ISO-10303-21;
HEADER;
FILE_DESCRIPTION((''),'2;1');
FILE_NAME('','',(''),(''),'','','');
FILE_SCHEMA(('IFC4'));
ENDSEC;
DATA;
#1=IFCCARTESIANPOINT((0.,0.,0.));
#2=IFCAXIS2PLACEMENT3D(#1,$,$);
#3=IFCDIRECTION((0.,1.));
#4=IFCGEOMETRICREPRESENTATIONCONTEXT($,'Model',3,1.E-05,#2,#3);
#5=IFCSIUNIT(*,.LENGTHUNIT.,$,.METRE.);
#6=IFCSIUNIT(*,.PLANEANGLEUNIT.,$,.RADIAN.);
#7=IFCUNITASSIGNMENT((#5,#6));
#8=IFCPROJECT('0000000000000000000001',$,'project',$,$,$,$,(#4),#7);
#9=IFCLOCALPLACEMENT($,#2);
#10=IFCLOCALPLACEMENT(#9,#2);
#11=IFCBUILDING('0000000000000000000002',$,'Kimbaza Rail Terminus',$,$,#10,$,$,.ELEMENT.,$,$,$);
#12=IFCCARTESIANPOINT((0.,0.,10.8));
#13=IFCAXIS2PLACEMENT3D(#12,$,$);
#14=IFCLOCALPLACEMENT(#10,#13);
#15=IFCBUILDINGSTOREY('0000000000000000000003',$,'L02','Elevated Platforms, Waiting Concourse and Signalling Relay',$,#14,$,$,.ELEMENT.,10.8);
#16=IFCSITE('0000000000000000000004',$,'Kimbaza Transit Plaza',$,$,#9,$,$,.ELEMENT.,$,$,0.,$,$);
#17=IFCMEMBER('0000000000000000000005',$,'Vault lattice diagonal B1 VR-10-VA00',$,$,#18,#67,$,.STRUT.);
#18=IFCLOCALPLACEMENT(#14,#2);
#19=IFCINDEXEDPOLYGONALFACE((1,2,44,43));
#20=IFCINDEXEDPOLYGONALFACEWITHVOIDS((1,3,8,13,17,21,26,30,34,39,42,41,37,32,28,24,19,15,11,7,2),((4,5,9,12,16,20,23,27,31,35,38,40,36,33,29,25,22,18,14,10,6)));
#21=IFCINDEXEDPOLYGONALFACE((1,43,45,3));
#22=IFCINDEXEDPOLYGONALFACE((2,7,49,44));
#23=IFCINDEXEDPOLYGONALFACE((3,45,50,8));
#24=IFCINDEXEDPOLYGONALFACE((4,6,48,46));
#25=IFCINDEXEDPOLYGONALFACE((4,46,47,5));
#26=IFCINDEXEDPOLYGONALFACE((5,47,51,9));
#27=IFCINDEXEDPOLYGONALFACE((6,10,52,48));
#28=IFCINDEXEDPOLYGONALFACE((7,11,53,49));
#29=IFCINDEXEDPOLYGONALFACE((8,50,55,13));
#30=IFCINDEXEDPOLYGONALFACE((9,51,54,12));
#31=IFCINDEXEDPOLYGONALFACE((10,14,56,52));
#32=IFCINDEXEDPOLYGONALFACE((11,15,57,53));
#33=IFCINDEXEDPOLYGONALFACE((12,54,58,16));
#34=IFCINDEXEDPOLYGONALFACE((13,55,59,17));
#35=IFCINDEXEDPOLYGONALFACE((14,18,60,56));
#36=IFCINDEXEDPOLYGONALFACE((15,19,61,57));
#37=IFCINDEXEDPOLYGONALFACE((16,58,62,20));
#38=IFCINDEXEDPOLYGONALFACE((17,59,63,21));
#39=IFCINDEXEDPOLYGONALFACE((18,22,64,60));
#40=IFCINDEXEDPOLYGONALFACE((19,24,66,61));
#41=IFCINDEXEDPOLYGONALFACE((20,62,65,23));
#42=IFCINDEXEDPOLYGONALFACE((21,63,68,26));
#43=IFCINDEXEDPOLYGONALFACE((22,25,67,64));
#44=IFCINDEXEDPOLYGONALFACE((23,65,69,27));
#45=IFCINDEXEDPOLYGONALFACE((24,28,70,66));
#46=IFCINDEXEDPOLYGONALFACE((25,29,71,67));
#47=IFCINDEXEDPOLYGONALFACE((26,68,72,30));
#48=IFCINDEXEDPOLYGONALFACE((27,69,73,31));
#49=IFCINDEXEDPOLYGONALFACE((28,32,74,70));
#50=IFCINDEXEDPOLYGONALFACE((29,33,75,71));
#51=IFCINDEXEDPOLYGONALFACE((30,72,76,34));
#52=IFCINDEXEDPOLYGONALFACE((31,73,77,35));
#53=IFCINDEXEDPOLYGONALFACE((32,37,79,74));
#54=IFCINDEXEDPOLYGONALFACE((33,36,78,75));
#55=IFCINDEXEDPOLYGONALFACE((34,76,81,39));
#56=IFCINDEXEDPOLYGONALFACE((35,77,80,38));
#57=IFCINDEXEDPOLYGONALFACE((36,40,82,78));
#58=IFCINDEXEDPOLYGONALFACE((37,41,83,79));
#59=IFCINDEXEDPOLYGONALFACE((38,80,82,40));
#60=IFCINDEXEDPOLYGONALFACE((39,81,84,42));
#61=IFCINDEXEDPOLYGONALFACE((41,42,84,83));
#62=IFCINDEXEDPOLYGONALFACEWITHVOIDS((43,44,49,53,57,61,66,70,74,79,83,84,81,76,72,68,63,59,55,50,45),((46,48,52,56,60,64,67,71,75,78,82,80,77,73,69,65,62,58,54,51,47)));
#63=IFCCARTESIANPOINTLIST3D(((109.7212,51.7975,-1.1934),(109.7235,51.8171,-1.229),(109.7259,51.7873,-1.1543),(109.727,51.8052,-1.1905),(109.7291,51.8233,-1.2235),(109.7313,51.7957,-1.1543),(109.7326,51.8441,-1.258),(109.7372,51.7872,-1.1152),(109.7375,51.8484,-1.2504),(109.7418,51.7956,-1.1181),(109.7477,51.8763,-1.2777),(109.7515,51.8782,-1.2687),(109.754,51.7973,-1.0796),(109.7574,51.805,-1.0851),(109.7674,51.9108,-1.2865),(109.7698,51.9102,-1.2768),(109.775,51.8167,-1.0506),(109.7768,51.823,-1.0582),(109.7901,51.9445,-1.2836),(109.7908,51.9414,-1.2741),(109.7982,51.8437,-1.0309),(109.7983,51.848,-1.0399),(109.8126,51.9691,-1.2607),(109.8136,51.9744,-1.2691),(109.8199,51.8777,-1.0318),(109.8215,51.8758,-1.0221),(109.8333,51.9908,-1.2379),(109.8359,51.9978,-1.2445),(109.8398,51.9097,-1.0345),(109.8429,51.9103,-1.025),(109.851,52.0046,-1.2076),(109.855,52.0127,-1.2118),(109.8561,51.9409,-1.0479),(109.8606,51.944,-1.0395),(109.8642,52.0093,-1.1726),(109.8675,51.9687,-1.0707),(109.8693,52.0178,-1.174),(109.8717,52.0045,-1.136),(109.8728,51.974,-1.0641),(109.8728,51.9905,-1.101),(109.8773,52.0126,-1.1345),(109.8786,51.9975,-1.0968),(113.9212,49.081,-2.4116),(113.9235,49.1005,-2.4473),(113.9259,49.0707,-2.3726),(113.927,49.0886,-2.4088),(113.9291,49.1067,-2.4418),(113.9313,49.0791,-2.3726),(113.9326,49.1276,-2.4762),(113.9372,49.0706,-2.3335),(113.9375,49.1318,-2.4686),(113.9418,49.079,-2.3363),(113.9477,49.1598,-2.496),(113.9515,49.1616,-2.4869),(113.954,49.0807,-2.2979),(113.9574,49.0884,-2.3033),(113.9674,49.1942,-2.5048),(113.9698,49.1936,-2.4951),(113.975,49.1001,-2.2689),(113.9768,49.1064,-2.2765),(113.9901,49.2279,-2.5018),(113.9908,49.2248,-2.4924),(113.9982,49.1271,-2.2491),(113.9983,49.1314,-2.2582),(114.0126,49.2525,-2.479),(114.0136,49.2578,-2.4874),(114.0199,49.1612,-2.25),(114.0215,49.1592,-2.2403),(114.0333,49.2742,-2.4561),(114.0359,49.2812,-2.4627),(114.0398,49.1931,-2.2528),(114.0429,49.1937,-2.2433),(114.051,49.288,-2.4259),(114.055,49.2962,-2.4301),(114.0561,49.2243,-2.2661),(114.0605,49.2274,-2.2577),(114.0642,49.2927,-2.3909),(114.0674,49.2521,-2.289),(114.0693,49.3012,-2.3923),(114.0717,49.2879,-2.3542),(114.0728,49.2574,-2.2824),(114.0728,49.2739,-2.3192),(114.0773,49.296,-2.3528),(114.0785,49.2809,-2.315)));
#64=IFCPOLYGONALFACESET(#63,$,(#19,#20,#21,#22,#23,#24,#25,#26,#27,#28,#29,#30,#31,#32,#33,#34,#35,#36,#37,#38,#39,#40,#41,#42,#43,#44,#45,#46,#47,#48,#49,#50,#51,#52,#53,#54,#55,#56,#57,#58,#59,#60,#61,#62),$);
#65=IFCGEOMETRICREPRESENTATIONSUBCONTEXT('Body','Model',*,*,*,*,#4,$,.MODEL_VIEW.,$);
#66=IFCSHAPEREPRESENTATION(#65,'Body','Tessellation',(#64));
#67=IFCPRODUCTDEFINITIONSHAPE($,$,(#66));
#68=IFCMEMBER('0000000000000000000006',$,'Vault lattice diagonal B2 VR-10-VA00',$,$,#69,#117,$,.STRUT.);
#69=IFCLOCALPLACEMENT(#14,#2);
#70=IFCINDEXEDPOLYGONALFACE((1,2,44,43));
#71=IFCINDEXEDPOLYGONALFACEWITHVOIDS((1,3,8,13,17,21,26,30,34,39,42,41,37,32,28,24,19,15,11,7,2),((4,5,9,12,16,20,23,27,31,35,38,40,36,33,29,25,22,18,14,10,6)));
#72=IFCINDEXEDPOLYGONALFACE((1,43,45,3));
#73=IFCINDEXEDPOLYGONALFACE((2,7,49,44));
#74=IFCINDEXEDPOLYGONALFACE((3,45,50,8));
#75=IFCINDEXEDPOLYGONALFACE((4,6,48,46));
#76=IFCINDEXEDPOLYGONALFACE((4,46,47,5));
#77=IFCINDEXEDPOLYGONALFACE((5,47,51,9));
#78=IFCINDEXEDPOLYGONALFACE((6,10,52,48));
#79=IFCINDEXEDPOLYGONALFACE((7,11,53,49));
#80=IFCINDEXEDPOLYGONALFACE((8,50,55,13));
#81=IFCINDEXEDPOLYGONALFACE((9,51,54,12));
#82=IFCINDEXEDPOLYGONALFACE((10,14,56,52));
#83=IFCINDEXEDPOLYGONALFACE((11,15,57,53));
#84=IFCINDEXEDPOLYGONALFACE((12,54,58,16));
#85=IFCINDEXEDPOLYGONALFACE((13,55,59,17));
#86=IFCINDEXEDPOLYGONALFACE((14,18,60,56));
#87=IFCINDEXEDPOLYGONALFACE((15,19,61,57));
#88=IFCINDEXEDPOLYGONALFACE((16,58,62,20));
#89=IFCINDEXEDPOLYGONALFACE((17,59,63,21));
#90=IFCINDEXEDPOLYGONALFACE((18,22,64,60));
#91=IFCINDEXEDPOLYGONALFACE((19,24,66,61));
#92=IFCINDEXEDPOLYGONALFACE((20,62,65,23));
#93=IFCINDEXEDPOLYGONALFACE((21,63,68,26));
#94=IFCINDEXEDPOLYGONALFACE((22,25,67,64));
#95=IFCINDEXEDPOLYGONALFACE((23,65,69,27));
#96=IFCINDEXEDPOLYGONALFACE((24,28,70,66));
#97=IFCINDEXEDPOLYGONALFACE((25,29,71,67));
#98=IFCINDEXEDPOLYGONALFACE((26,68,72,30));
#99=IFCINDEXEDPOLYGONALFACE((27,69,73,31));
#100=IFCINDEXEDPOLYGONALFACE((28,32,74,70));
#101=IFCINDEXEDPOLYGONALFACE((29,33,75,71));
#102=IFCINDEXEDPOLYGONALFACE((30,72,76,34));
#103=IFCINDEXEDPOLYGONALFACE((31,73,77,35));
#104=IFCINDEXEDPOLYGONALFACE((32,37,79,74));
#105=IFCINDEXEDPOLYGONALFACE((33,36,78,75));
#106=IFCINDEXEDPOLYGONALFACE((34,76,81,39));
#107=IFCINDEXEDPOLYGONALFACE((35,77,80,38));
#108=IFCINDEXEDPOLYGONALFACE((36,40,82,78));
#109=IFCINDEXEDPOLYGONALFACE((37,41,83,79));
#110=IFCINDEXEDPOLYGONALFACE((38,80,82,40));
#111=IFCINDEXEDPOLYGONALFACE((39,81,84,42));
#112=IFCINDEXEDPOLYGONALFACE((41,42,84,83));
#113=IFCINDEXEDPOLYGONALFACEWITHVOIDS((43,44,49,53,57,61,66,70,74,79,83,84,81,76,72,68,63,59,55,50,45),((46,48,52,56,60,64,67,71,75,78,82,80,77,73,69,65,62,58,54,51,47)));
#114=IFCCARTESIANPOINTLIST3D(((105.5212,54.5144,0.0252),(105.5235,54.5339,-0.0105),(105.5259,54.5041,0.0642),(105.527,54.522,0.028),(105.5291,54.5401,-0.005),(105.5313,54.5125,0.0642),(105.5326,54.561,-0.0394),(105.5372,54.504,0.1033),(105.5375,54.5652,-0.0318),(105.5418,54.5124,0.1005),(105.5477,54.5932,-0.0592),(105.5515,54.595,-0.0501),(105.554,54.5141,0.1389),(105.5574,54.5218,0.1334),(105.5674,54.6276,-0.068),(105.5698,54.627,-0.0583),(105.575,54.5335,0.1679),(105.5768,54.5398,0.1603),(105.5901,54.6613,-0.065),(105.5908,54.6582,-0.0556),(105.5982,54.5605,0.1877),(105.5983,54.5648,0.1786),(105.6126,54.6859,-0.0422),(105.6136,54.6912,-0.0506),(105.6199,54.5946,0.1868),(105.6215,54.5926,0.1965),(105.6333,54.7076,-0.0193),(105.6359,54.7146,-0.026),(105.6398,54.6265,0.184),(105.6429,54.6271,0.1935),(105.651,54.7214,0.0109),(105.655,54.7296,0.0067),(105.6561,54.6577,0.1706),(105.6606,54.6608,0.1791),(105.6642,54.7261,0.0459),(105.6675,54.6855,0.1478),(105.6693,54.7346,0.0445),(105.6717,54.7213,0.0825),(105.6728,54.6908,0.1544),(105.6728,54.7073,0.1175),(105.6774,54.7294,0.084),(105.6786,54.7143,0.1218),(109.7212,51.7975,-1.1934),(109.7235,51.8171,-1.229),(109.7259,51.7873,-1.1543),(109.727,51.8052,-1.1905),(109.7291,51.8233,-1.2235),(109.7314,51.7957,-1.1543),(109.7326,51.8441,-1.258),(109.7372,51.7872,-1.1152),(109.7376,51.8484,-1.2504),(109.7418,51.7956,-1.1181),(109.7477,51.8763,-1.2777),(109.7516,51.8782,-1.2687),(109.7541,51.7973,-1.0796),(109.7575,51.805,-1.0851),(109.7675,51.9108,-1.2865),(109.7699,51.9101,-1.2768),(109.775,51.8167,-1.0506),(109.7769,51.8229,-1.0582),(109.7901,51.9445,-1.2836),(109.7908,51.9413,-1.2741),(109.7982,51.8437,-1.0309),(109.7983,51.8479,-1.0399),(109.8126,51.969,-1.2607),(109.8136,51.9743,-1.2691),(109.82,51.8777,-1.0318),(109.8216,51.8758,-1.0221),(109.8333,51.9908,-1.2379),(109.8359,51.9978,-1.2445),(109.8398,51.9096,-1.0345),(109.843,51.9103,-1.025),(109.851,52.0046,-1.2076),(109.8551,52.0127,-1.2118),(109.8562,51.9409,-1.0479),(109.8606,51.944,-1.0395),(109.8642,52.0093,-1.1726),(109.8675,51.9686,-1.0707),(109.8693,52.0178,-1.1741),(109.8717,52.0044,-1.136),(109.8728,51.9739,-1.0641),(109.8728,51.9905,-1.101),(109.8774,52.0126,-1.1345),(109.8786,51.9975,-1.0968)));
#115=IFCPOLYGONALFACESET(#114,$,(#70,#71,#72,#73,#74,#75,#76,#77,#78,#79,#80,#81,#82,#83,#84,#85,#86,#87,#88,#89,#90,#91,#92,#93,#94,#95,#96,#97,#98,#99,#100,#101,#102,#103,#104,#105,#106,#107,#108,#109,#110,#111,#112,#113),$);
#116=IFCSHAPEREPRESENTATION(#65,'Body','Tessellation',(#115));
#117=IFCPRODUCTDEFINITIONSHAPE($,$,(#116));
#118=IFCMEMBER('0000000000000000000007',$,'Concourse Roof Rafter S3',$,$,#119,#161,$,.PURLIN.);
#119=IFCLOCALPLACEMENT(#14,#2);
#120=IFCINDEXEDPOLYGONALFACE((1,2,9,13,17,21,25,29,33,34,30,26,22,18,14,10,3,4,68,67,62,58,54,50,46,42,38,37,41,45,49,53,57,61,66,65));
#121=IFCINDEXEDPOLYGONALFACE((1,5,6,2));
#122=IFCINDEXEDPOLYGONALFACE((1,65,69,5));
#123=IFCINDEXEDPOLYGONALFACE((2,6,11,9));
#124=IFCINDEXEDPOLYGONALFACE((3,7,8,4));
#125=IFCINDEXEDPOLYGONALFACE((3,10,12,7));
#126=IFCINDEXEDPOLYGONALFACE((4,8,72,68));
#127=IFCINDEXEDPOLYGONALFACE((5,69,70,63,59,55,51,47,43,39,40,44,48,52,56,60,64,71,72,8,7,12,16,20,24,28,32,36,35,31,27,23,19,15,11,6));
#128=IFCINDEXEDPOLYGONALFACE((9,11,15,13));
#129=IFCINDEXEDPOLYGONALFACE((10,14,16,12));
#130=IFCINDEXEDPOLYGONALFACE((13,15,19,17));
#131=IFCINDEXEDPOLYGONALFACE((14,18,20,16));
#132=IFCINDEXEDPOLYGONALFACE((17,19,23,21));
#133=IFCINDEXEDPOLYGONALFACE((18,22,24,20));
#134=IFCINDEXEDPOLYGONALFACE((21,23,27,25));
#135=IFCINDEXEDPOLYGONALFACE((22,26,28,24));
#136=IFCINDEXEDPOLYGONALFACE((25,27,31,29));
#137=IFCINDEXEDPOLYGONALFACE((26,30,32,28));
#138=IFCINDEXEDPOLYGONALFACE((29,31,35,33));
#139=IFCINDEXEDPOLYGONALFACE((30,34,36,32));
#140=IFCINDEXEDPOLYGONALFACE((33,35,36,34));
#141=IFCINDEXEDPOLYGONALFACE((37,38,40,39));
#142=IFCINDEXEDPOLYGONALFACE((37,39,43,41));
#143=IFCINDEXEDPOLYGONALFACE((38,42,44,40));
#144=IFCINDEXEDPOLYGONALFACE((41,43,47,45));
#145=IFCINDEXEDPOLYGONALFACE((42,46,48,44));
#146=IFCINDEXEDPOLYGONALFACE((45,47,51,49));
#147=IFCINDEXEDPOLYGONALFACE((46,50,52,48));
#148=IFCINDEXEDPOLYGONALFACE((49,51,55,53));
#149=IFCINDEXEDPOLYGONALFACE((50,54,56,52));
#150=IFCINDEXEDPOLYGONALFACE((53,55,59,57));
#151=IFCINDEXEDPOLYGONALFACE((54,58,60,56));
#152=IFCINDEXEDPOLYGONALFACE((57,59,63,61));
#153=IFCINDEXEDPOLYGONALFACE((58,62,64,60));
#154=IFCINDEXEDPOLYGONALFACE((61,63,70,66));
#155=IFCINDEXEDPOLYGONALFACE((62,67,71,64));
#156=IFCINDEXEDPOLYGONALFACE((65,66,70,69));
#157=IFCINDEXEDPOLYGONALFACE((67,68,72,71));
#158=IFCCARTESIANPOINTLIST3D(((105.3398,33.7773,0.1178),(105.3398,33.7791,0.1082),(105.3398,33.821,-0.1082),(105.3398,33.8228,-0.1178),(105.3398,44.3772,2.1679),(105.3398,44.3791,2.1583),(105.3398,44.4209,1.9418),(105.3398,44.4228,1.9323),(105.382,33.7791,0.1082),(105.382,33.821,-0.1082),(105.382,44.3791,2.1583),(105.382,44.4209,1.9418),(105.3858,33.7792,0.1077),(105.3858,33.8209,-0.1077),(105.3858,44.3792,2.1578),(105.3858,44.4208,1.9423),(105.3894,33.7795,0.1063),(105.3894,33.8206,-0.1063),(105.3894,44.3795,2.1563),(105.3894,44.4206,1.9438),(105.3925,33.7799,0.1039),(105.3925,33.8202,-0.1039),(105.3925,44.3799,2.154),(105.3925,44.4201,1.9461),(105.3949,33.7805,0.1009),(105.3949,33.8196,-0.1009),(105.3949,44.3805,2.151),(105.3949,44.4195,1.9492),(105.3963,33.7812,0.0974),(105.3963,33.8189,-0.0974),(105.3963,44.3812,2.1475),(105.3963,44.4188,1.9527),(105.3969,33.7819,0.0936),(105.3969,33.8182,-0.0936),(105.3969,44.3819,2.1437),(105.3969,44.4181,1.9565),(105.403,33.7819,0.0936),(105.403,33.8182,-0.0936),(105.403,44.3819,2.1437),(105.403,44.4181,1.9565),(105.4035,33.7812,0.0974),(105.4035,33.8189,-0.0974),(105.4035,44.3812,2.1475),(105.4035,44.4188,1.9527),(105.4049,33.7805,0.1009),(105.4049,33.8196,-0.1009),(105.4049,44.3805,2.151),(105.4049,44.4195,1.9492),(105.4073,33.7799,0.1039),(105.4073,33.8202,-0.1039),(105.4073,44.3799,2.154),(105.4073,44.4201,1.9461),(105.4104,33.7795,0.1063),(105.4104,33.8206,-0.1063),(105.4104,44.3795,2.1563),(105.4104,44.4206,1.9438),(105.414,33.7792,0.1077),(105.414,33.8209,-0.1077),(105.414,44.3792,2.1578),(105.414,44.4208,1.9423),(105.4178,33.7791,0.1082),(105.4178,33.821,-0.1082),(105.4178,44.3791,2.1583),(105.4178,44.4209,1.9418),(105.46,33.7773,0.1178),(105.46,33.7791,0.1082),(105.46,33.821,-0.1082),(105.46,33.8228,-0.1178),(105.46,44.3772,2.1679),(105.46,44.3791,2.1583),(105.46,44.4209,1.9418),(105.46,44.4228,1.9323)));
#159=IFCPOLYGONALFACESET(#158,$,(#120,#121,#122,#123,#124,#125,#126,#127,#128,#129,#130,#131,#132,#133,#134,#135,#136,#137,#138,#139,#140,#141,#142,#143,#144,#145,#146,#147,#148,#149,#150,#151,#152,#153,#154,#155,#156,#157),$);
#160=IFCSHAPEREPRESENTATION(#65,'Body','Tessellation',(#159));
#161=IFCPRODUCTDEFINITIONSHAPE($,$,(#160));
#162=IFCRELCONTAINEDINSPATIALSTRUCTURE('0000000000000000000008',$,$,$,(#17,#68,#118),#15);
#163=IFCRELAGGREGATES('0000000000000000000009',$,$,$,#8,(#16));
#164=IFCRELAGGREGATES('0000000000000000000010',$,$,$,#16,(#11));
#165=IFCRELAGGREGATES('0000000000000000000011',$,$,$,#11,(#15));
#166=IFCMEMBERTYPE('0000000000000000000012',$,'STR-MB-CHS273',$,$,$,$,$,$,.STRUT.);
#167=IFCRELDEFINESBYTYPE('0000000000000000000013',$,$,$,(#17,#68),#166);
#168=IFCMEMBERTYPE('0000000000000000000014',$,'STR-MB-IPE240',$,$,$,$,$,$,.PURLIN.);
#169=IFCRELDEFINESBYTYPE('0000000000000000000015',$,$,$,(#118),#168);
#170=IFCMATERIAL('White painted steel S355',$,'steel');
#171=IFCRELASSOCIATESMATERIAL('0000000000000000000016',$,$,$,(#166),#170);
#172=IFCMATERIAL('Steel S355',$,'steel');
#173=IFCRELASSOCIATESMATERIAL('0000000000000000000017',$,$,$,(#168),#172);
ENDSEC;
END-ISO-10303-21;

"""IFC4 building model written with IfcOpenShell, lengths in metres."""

from ifc_helpers import new_model, si_unit, direction, frame, origin, origin_2d, place, context, subcontext, project, spatial, hollow_circle, i_section, extrude, material, material_profile, profile_set, type_object, element, save


model = new_model("IFC4")

# Units and contexts
model_context = context("Model", 3, precision=1e-05, world=origin(), true_north=direction((0.0, 1.0)))
body_context = subcontext(model_context, "Body", "Model", "MODEL_VIEW")
ifc_project = project(units=[si_unit("LENGTHUNIT", "METRE"), si_unit("PLANEANGLEUNIT", "RADIAN")], contexts=[model_context])

# Site, building, storey
site_placement = place(None, origin())
site = spatial("IfcSite", under=ifc_project, at=site_placement, Name="Kimbaza Transit Plaza", CompositionType="ELEMENT", RefElevation=0.0)
building_placement = place(site_placement, origin())
building = spatial("IfcBuilding", under=site, at=building_placement, Name="Kimbaza Rail Terminus", CompositionType="ELEMENT")
storey_placement = place(building_placement, frame((0.0, 0.0, 10.8)))
storey = spatial("IfcBuildingStorey", under=building, at=storey_placement, Name="L02", Description="Elevated Platforms, Waiting Concourse and Signalling Relay", CompositionType="ELEMENT", Elevation=10.8)

# Members
ifc_material_1 = material(Name="White painted steel S355", Category="steel")
ifc_material_profile_1 = material_profile(ifc_material_1, hollow_circle(Radius=0.1365, WallThickness=0.01, at=origin_2d()), Name="CHS 273x10")
ifc_profile_set_1 = profile_set([ifc_material_profile_1], Name="White painted steel S355")
member_type_1 = type_object("IfcMemberType", Name="STR-MB-CHS273", PredefinedType="STRUT", material=ifc_profile_set_1)
member_1_placement = place(storey_placement, frame((114.0, 49.1853, -2.3726), z_axis=(-0.815818, 0.527676, 0.236641), x_axis=(-0.543102, -0.839667, 0.0)))
element("IfcMember", 1, at=member_1_placement, inside=storey, type_object=member_type_1, Name="Vault lattice diagonal B1 VR-10-VA00", PredefinedType="STRUT", context=body_context, shape_type="SweptSolid", body=[
    extrude(hollow_circle(Radius=0.1365, WallThickness=0.01, at=origin_2d()), origin(), (0.0, 0.0, 1.0), 5.1482),
])
member_2_placement = place(storey_placement, frame((109.8, 51.9019, -1.1543), z_axis=(-0.815789, 0.527704, 0.23668), x_axis=(-0.543136, -0.839645, 0.0)))
element("IfcMember", 2, at=member_2_placement, inside=storey, type_object=member_type_1, Name="Vault lattice diagonal B2 VR-10-VA00", PredefinedType="STRUT", context=body_context, shape_type="SweptSolid", body=[
    extrude(hollow_circle(Radius=0.1365, WallThickness=0.01, at=origin_2d()), origin(), (0.0, 0.0, 1.0), 5.1484),
])
ifc_material_2 = material(Name="Steel S355", Category="steel")
ifc_material_profile_2 = material_profile(ifc_material_2, i_section(OverallWidth=0.1201, OverallDepth=0.24, WebThickness=0.0061, FlangeThickness=0.0098, FilletRadius=0.0149, at=origin_2d()), Name="IPE 240")
ifc_profile_set_2 = profile_set([ifc_material_profile_2], Name="Steel S355")
member_type_2 = type_object("IfcMemberType", Name="STR-MB-IPE240", PredefinedType="PURLIN", material=ifc_profile_set_2)
member_3_placement = place(storey_placement, frame((105.3999, 33.8, 0.0), z_axis=(0.0, 0.981806, 0.189885), x_axis=(-1.0, 0.0, 0.0)))
element("IfcMember", 3, at=member_3_placement, inside=storey, type_object=member_type_2, Name="Concourse Roof Rafter S3", PredefinedType="PURLIN", context=body_context, shape_type="SweptSolid", body=[
    extrude(i_section(OverallWidth=0.1201, OverallDepth=0.24, WebThickness=0.0061, FlangeThickness=0.0098, FilletRadius=0.0149, at=origin_2d()), origin(), (0.0, 0.0, 1.0), 10.7964),
])

save(model, "model.ifc")
